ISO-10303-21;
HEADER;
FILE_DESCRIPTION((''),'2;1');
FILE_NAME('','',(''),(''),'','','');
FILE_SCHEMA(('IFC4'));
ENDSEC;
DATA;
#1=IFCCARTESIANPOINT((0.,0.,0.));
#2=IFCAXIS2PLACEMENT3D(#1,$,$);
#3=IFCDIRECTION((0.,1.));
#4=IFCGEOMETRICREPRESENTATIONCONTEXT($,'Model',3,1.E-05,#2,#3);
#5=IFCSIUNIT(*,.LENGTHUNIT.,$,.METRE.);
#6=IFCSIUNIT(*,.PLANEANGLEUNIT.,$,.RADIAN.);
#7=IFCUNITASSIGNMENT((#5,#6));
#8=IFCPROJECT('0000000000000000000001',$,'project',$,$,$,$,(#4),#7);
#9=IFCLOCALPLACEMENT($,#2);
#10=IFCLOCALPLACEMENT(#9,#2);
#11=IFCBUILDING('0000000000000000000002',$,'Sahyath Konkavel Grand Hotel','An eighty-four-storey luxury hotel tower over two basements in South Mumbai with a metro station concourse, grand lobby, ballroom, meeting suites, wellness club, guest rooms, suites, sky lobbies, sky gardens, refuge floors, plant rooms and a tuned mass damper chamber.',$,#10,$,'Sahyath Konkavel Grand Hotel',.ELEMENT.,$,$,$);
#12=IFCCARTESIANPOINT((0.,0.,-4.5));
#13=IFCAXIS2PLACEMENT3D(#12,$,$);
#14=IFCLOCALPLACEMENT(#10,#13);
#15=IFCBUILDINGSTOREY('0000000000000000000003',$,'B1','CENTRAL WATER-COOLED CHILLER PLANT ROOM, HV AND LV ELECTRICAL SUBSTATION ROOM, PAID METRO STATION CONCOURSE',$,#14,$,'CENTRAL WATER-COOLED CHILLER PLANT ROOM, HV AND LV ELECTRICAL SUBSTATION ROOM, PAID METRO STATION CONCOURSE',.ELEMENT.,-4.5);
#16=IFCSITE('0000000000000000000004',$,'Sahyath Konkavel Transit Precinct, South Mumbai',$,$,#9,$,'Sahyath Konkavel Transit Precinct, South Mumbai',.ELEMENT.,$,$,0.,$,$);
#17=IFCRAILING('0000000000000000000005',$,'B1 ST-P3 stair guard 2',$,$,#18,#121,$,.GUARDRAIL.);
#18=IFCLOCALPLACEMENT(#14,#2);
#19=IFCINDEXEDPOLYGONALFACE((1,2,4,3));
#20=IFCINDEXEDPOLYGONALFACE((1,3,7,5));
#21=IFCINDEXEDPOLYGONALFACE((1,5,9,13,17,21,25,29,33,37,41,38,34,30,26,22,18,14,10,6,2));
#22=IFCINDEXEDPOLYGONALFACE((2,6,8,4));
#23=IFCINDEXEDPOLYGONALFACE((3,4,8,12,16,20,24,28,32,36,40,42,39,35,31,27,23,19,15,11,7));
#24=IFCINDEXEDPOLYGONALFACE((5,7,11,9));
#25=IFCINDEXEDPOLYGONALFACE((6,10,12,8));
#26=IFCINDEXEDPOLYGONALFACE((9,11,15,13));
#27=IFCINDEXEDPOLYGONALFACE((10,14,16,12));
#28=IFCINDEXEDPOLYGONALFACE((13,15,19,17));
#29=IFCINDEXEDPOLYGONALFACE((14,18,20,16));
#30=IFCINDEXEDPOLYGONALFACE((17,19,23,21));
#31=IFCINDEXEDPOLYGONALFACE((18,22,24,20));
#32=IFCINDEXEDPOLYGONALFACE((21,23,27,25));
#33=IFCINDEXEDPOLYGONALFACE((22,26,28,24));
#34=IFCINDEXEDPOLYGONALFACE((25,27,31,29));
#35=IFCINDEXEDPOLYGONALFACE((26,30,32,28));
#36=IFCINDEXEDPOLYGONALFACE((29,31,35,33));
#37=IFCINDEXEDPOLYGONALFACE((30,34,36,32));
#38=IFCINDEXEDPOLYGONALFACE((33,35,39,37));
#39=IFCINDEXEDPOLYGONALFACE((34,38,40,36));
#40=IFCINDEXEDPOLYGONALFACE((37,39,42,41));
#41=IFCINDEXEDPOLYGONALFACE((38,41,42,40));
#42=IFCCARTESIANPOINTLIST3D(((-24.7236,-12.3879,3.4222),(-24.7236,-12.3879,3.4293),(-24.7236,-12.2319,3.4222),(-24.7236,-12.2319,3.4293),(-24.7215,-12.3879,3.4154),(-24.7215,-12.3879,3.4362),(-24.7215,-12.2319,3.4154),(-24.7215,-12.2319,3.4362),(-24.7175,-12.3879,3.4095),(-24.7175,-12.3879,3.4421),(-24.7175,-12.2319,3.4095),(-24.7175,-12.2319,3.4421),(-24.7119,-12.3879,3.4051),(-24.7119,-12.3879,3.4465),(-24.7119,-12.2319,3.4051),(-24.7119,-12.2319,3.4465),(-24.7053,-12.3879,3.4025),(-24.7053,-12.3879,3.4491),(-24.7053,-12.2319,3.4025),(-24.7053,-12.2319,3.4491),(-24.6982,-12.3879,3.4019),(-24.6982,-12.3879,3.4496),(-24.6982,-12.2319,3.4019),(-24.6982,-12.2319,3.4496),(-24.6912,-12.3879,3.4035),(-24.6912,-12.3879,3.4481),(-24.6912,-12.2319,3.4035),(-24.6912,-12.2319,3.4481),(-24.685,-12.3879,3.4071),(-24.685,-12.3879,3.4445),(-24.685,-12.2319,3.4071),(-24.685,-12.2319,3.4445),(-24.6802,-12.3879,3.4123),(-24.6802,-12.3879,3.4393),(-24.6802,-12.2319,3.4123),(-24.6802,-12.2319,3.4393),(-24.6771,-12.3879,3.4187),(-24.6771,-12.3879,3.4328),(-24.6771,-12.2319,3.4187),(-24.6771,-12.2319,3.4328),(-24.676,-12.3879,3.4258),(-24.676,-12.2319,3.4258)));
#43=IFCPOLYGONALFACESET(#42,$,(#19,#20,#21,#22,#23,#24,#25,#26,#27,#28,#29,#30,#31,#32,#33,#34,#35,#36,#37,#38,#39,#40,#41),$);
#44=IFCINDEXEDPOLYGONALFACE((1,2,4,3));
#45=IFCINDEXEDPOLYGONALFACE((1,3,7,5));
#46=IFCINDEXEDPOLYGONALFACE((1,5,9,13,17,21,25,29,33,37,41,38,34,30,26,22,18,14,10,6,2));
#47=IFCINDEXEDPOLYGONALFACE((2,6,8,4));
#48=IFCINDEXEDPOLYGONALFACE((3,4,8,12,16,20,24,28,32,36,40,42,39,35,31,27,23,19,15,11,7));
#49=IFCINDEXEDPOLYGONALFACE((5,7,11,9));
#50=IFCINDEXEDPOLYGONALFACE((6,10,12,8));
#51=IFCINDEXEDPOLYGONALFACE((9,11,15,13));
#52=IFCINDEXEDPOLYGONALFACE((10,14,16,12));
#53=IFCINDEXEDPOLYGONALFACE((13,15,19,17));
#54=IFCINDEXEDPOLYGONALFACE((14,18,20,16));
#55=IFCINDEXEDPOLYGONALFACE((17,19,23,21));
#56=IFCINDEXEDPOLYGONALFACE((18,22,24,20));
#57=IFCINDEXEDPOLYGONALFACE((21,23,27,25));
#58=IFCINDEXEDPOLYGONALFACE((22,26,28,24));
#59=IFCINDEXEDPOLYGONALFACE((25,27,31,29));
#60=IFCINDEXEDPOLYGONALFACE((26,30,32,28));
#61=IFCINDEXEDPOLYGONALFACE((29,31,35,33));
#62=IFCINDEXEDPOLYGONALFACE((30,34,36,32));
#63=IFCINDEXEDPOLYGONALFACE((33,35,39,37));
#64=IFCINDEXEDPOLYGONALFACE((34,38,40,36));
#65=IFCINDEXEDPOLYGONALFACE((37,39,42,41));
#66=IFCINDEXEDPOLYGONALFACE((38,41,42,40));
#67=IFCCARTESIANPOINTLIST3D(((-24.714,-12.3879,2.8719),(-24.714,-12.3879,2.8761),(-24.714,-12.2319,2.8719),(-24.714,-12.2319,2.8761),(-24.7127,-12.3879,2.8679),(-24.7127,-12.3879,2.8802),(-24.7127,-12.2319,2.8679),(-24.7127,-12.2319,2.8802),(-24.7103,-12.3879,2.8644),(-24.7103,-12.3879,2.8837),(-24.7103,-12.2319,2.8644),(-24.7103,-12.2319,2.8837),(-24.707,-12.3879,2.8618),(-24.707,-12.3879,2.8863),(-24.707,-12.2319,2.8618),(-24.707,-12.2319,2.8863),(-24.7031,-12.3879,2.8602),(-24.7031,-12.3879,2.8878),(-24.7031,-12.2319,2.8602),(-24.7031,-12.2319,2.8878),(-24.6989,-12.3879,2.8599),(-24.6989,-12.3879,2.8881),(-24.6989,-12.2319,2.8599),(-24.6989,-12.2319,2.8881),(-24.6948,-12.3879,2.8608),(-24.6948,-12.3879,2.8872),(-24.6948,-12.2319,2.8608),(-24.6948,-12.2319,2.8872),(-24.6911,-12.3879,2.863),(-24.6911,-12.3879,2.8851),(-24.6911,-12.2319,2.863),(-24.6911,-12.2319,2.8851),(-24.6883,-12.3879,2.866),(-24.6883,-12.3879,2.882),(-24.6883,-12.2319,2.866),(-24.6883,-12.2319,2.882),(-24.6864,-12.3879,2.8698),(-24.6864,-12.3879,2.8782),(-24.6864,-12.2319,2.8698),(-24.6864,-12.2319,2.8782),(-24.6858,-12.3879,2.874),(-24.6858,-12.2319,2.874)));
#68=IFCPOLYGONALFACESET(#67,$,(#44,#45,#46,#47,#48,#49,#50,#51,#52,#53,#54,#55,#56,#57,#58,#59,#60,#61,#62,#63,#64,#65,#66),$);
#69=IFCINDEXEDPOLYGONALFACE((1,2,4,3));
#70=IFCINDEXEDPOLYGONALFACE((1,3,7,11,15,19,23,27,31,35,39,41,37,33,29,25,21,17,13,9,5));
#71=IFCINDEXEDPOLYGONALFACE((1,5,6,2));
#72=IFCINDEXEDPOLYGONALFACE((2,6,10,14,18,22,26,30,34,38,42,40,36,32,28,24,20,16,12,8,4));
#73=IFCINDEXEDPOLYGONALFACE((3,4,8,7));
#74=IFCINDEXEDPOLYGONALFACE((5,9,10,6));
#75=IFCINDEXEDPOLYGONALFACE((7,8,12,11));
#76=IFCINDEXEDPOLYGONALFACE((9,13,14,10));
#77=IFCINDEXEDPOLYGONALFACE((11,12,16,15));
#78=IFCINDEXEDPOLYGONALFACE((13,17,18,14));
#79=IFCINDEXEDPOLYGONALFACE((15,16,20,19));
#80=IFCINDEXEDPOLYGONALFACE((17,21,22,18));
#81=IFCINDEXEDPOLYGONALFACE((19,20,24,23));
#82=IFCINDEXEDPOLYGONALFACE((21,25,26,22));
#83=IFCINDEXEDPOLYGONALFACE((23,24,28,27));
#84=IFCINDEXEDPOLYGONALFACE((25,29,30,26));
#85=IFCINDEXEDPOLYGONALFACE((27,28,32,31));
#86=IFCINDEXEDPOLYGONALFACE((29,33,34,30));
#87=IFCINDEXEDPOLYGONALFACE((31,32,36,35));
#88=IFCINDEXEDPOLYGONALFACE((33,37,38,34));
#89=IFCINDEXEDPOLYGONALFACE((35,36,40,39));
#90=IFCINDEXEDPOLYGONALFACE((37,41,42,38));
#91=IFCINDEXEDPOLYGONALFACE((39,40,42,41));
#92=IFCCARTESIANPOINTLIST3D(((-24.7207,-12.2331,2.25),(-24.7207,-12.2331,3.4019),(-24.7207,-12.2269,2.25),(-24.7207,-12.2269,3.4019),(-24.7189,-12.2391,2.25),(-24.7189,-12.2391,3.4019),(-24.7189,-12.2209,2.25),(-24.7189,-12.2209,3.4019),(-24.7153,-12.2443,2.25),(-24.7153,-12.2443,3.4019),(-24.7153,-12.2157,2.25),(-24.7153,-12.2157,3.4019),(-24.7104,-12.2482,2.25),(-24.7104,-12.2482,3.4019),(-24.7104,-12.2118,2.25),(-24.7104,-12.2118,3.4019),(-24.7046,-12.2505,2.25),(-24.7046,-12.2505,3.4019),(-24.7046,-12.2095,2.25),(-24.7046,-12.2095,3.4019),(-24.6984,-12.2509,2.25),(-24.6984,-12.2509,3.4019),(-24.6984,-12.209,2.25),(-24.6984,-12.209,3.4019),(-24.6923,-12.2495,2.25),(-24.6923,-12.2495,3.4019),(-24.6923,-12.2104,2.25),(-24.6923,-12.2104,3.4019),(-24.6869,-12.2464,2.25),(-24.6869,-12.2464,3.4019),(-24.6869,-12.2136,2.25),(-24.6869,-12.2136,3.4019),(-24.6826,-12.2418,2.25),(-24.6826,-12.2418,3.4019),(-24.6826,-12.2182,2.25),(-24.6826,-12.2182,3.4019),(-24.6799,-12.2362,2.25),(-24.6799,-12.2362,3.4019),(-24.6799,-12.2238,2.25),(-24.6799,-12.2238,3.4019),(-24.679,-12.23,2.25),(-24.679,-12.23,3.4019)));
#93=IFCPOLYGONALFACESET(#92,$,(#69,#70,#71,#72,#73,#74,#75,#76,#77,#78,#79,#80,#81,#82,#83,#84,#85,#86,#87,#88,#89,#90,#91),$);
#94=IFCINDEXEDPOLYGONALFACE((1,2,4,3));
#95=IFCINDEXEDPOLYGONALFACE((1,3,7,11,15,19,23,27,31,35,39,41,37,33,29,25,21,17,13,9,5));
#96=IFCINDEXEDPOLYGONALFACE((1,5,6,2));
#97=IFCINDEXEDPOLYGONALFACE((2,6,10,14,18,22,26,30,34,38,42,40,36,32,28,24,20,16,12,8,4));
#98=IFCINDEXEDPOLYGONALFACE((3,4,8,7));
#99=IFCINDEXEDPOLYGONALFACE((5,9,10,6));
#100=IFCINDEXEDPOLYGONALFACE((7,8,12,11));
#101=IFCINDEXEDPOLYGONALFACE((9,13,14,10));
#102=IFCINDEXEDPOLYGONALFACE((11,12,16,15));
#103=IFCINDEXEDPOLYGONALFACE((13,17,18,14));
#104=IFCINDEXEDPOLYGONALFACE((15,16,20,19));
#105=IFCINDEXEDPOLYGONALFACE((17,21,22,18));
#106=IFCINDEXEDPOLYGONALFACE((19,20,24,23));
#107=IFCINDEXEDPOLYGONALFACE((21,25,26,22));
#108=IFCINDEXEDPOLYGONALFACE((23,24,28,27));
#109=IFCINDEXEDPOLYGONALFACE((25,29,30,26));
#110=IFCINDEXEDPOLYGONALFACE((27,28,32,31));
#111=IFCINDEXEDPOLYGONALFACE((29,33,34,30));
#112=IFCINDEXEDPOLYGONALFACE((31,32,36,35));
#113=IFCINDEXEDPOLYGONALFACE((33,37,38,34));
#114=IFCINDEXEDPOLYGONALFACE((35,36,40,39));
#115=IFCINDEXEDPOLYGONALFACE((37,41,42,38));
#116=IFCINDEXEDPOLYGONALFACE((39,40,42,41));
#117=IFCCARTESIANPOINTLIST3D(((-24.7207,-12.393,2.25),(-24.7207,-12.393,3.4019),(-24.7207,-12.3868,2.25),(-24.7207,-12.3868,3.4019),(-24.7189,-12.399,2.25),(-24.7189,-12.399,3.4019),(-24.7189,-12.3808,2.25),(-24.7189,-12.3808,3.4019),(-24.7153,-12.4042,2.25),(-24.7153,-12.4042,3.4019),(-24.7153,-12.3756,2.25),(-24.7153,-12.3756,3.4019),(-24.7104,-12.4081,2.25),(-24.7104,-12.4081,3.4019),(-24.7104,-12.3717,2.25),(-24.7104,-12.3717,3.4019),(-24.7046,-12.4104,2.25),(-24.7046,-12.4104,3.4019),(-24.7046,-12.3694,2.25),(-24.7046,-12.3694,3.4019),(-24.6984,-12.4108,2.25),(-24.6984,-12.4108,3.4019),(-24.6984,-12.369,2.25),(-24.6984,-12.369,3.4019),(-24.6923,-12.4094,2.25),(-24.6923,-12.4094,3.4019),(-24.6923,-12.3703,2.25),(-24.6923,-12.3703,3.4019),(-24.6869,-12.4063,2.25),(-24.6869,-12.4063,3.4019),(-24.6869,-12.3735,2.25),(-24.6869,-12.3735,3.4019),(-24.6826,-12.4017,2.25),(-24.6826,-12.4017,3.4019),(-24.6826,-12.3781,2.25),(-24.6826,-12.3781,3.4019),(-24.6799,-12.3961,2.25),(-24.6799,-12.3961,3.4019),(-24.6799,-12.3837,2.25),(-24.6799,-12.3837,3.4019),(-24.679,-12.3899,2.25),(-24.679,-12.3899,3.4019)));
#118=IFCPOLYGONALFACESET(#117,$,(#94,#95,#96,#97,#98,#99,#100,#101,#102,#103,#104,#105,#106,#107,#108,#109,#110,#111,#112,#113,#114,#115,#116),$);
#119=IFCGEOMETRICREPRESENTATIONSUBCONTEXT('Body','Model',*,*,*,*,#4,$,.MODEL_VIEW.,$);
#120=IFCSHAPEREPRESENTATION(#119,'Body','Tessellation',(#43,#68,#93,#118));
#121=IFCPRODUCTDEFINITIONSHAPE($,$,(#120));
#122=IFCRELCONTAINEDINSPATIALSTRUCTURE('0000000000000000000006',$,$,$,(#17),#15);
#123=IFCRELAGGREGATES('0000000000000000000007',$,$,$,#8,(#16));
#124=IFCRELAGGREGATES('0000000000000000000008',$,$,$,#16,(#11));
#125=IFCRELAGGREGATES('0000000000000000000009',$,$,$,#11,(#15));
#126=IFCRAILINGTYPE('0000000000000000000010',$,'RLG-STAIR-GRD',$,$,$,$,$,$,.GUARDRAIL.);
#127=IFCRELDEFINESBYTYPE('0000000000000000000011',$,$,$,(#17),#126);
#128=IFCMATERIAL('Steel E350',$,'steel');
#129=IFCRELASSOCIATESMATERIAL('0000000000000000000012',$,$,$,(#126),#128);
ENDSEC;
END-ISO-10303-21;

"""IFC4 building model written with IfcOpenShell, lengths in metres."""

from ifc_helpers import new_model, si_unit, direction, frame, origin, origin_2d, place, context, subcontext, project, spatial, circle, extrude, material, type_object, element, save


model = new_model("IFC4")

# Units and contexts
model_context = context("Model", 3, precision=1e-05, world=origin(), true_north=direction((0.0, 1.0)))
body_context = subcontext(model_context, "Body", "Model", "MODEL_VIEW")
ifc_project = project(units=[si_unit("LENGTHUNIT", "METRE"), si_unit("PLANEANGLEUNIT", "RADIAN")], contexts=[model_context])

# Site, building, storey
site_placement = place(None, origin())
site = spatial("IfcSite", under=ifc_project, at=site_placement, Name="Sahyath Konkavel Transit Precinct, South Mumbai", LongName="Sahyath Konkavel Transit Precinct, South Mumbai", CompositionType="ELEMENT", RefElevation=0.0)
building_placement = place(site_placement, origin())
building = spatial("IfcBuilding", under=site, at=building_placement, Name="Sahyath Konkavel Grand Hotel", Description="An eighty-four-storey luxury hotel tower over two basements in South Mumbai with a metro station concourse, grand lobby, ballroom, meeting suites, wellness club, guest rooms, suites, sky lobbies, sky gardens, refuge floors, plant rooms and a tuned mass damper chamber.", LongName="Sahyath Konkavel Grand Hotel", CompositionType="ELEMENT")
storey_placement = place(building_placement, frame((0.0, 0.0, -4.5)))
storey = spatial("IfcBuildingStorey", under=building, at=storey_placement, Name="B1", Description="CENTRAL WATER-COOLED CHILLER PLANT ROOM, HV AND LV ELECTRICAL SUBSTATION ROOM, PAID METRO STATION CONCOURSE", LongName="CENTRAL WATER-COOLED CHILLER PLANT ROOM, HV AND LV ELECTRICAL SUBSTATION ROOM, PAID METRO STATION CONCOURSE", CompositionType="ELEMENT", Elevation=-4.5)

# Shared definitions
ifc_material_1 = material(Name="Steel E350", Category="steel")

# Railing
railing_type_1 = type_object("IfcRailingType", Name="RLG-STAIR-GRD", PredefinedType="GUARDRAIL", material=ifc_material_1)
railing_1_placement = place(storey_placement, frame((-24.7, -12.23, 2.25)))
element("IfcRailing", 1, at=railing_1_placement, inside=storey, type_object=railing_type_1, Name="B1 ST-P3 stair guard 2", PredefinedType="GUARDRAIL", context=body_context, shape_type="SweptSolid", body=[
    extrude(circle(Radius=0.0239, at=origin_2d()), frame((0.0, -0.002, 1.1758), z_axis=(0.0, -1.0, 0.0), x_axis=(1.0, 0.0, 0.0)), (0.0, 0.0, 1.0), 0.156),
    extrude(circle(Radius=0.0142, at=origin_2d()), frame((0.0, -0.002, 0.624), z_axis=(0.0, -1.0, 0.0), x_axis=(1.0, 0.0, 0.0)), (0.0, 0.0, 1.0), 0.156),
    extrude(circle(Radius=0.021, at=origin_2d()), origin(), (0.0, 0.0, 1.0), 1.1519),
    extrude(circle(Radius=0.021, at=origin_2d()), frame((0.0, -0.1599, 0.0)), (0.0, 0.0, 1.0), 1.1519),
])

save(model, "model.ifc")
